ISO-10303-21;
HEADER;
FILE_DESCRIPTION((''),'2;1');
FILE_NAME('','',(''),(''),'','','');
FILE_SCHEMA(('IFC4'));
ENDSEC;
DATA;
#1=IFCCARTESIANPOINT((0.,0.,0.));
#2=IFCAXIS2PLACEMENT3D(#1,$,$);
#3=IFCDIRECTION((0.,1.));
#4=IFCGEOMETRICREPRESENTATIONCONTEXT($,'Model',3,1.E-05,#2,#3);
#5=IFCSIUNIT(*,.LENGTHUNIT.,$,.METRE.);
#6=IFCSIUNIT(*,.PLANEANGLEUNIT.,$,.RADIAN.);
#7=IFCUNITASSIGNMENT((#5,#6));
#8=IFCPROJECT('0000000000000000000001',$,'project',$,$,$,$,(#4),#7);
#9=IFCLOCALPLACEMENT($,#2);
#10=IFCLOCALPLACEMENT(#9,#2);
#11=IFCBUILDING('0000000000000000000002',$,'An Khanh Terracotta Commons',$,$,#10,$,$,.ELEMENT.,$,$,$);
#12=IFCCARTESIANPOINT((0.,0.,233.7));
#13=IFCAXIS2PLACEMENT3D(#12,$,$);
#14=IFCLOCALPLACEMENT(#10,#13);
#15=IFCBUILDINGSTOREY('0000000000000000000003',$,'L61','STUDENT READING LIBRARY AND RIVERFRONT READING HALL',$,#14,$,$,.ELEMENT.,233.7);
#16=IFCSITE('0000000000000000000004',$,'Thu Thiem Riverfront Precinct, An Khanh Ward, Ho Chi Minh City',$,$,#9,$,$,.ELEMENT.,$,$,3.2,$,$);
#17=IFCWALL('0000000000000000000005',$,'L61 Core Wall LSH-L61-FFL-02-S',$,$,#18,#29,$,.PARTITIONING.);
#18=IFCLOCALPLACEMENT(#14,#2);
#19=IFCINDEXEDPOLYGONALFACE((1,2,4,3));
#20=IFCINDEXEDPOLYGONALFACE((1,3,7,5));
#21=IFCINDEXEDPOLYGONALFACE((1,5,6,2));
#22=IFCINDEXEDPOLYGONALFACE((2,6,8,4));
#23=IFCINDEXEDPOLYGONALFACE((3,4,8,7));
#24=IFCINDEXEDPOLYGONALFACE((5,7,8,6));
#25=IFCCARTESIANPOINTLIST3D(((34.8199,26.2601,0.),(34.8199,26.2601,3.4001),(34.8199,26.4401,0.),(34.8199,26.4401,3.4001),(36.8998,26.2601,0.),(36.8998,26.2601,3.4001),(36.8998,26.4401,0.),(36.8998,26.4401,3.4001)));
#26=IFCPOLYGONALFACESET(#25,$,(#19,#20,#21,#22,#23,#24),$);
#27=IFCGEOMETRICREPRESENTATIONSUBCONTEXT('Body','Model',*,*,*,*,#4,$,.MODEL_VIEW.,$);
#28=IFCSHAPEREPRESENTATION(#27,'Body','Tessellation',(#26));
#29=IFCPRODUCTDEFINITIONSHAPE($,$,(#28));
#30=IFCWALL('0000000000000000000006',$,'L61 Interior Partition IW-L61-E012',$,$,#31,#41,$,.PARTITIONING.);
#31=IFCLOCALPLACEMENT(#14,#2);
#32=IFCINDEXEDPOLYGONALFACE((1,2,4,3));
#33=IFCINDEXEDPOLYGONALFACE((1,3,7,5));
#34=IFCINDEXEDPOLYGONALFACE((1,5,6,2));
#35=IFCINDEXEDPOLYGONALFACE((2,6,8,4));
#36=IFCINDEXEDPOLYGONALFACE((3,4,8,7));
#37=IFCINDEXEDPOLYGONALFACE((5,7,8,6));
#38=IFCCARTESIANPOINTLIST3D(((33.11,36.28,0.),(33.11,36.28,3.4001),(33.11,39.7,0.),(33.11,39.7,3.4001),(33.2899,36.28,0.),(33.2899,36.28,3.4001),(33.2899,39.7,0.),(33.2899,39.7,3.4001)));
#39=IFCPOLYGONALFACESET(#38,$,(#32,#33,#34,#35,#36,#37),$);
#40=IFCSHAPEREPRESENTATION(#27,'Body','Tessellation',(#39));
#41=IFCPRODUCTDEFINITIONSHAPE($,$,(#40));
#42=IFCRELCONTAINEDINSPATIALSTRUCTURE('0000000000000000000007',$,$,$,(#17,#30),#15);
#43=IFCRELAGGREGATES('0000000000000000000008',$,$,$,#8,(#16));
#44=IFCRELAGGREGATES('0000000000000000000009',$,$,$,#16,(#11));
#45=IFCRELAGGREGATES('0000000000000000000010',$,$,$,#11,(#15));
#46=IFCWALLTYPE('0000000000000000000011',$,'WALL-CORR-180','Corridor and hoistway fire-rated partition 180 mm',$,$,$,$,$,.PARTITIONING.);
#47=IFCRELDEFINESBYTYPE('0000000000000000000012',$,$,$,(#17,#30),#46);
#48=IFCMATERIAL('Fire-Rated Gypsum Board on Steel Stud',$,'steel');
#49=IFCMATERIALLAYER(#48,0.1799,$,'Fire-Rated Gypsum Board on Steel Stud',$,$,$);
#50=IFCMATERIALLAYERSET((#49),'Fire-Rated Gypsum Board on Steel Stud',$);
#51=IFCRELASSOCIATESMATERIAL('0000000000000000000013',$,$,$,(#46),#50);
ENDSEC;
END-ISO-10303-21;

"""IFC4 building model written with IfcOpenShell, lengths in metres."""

from ifc_helpers import new_model, si_unit, direction, frame, frame_2d, origin, place, context, subcontext, project, spatial, rectangle, extrude, material, layer, layer_set, type_object, element, save


model = new_model("IFC4")

# Units and contexts
model_context = context("Model", 3, precision=1e-05, world=origin(), true_north=direction((0.0, 1.0)))
body_context = subcontext(model_context, "Body", "Model", "MODEL_VIEW")
ifc_project = project(units=[si_unit("LENGTHUNIT", "METRE"), si_unit("PLANEANGLEUNIT", "RADIAN")], contexts=[model_context])

# Site, building, storey
site_placement = place(None, origin())
site = spatial("IfcSite", under=ifc_project, at=site_placement, Name="Thu Thiem Riverfront Precinct, An Khanh Ward, Ho Chi Minh City", CompositionType="ELEMENT", RefElevation=3.2)
building_placement = place(site_placement, origin())
building = spatial("IfcBuilding", under=site, at=building_placement, Name="An Khanh Terracotta Commons", CompositionType="ELEMENT")
storey_placement = place(building_placement, frame((0.0, 0.0, 233.7)))
storey = spatial("IfcBuildingStorey", under=building, at=storey_placement, Name="L61", Description="STUDENT READING LIBRARY AND RIVERFRONT READING HALL", CompositionType="ELEMENT", Elevation=233.7)

# Shared definitions
ifc_material_1 = material(Name="Fire-Rated Gypsum Board on Steel Stud", Category="steel")
ifc_layer_1 = layer(ifc_material_1, 0.1799, Name="Fire-Rated Gypsum Board on Steel Stud")
ifc_layer_set_1 = layer_set([ifc_layer_1], Name="Fire-Rated Gypsum Board on Steel Stud")
wall_type_1 = type_object("IfcWallType", Name="WALL-CORR-180", Description="Corridor and hoistway fire-rated partition 180 mm", PredefinedType="PARTITIONING", material=ifc_layer_set_1)

# Walls
wall_1_placement = place(storey_placement, frame((36.8999, 26.3501, 0.0), z_axis=(0.0, 0.0, 1.0), x_axis=(-1.0, 0.0, 0.0)))
element("IfcWall", 1, at=wall_1_placement, inside=storey, type_object=wall_type_1, Name="L61 Core Wall LSH-L61-FFL-02-S", PredefinedType="PARTITIONING", context=body_context, shape_type="SweptSolid", body=[
    extrude(rectangle(XDim=2.0798, YDim=0.1799, at=frame_2d((1.04, 0.0))), origin(), (0.0, 0.0, 1.0), 3.4001),
])
wall_2_placement = place(storey_placement, frame((33.2, 36.28, 0.0), z_axis=(0.0, 0.0, 1.0), x_axis=(0.0, 1.0, 0.0)))
element("IfcWall", 2, at=wall_2_placement, inside=storey, type_object=wall_type_1, Name="L61 Interior Partition IW-L61-E012", PredefinedType="PARTITIONING", context=body_context, shape_type="SweptSolid", body=[
    extrude(rectangle(XDim=3.4199, YDim=0.1799, at=frame_2d((1.71, 0.0))), origin(), (0.0, 0.0, 1.0), 3.4001),
])

save(model, "model.ifc")
